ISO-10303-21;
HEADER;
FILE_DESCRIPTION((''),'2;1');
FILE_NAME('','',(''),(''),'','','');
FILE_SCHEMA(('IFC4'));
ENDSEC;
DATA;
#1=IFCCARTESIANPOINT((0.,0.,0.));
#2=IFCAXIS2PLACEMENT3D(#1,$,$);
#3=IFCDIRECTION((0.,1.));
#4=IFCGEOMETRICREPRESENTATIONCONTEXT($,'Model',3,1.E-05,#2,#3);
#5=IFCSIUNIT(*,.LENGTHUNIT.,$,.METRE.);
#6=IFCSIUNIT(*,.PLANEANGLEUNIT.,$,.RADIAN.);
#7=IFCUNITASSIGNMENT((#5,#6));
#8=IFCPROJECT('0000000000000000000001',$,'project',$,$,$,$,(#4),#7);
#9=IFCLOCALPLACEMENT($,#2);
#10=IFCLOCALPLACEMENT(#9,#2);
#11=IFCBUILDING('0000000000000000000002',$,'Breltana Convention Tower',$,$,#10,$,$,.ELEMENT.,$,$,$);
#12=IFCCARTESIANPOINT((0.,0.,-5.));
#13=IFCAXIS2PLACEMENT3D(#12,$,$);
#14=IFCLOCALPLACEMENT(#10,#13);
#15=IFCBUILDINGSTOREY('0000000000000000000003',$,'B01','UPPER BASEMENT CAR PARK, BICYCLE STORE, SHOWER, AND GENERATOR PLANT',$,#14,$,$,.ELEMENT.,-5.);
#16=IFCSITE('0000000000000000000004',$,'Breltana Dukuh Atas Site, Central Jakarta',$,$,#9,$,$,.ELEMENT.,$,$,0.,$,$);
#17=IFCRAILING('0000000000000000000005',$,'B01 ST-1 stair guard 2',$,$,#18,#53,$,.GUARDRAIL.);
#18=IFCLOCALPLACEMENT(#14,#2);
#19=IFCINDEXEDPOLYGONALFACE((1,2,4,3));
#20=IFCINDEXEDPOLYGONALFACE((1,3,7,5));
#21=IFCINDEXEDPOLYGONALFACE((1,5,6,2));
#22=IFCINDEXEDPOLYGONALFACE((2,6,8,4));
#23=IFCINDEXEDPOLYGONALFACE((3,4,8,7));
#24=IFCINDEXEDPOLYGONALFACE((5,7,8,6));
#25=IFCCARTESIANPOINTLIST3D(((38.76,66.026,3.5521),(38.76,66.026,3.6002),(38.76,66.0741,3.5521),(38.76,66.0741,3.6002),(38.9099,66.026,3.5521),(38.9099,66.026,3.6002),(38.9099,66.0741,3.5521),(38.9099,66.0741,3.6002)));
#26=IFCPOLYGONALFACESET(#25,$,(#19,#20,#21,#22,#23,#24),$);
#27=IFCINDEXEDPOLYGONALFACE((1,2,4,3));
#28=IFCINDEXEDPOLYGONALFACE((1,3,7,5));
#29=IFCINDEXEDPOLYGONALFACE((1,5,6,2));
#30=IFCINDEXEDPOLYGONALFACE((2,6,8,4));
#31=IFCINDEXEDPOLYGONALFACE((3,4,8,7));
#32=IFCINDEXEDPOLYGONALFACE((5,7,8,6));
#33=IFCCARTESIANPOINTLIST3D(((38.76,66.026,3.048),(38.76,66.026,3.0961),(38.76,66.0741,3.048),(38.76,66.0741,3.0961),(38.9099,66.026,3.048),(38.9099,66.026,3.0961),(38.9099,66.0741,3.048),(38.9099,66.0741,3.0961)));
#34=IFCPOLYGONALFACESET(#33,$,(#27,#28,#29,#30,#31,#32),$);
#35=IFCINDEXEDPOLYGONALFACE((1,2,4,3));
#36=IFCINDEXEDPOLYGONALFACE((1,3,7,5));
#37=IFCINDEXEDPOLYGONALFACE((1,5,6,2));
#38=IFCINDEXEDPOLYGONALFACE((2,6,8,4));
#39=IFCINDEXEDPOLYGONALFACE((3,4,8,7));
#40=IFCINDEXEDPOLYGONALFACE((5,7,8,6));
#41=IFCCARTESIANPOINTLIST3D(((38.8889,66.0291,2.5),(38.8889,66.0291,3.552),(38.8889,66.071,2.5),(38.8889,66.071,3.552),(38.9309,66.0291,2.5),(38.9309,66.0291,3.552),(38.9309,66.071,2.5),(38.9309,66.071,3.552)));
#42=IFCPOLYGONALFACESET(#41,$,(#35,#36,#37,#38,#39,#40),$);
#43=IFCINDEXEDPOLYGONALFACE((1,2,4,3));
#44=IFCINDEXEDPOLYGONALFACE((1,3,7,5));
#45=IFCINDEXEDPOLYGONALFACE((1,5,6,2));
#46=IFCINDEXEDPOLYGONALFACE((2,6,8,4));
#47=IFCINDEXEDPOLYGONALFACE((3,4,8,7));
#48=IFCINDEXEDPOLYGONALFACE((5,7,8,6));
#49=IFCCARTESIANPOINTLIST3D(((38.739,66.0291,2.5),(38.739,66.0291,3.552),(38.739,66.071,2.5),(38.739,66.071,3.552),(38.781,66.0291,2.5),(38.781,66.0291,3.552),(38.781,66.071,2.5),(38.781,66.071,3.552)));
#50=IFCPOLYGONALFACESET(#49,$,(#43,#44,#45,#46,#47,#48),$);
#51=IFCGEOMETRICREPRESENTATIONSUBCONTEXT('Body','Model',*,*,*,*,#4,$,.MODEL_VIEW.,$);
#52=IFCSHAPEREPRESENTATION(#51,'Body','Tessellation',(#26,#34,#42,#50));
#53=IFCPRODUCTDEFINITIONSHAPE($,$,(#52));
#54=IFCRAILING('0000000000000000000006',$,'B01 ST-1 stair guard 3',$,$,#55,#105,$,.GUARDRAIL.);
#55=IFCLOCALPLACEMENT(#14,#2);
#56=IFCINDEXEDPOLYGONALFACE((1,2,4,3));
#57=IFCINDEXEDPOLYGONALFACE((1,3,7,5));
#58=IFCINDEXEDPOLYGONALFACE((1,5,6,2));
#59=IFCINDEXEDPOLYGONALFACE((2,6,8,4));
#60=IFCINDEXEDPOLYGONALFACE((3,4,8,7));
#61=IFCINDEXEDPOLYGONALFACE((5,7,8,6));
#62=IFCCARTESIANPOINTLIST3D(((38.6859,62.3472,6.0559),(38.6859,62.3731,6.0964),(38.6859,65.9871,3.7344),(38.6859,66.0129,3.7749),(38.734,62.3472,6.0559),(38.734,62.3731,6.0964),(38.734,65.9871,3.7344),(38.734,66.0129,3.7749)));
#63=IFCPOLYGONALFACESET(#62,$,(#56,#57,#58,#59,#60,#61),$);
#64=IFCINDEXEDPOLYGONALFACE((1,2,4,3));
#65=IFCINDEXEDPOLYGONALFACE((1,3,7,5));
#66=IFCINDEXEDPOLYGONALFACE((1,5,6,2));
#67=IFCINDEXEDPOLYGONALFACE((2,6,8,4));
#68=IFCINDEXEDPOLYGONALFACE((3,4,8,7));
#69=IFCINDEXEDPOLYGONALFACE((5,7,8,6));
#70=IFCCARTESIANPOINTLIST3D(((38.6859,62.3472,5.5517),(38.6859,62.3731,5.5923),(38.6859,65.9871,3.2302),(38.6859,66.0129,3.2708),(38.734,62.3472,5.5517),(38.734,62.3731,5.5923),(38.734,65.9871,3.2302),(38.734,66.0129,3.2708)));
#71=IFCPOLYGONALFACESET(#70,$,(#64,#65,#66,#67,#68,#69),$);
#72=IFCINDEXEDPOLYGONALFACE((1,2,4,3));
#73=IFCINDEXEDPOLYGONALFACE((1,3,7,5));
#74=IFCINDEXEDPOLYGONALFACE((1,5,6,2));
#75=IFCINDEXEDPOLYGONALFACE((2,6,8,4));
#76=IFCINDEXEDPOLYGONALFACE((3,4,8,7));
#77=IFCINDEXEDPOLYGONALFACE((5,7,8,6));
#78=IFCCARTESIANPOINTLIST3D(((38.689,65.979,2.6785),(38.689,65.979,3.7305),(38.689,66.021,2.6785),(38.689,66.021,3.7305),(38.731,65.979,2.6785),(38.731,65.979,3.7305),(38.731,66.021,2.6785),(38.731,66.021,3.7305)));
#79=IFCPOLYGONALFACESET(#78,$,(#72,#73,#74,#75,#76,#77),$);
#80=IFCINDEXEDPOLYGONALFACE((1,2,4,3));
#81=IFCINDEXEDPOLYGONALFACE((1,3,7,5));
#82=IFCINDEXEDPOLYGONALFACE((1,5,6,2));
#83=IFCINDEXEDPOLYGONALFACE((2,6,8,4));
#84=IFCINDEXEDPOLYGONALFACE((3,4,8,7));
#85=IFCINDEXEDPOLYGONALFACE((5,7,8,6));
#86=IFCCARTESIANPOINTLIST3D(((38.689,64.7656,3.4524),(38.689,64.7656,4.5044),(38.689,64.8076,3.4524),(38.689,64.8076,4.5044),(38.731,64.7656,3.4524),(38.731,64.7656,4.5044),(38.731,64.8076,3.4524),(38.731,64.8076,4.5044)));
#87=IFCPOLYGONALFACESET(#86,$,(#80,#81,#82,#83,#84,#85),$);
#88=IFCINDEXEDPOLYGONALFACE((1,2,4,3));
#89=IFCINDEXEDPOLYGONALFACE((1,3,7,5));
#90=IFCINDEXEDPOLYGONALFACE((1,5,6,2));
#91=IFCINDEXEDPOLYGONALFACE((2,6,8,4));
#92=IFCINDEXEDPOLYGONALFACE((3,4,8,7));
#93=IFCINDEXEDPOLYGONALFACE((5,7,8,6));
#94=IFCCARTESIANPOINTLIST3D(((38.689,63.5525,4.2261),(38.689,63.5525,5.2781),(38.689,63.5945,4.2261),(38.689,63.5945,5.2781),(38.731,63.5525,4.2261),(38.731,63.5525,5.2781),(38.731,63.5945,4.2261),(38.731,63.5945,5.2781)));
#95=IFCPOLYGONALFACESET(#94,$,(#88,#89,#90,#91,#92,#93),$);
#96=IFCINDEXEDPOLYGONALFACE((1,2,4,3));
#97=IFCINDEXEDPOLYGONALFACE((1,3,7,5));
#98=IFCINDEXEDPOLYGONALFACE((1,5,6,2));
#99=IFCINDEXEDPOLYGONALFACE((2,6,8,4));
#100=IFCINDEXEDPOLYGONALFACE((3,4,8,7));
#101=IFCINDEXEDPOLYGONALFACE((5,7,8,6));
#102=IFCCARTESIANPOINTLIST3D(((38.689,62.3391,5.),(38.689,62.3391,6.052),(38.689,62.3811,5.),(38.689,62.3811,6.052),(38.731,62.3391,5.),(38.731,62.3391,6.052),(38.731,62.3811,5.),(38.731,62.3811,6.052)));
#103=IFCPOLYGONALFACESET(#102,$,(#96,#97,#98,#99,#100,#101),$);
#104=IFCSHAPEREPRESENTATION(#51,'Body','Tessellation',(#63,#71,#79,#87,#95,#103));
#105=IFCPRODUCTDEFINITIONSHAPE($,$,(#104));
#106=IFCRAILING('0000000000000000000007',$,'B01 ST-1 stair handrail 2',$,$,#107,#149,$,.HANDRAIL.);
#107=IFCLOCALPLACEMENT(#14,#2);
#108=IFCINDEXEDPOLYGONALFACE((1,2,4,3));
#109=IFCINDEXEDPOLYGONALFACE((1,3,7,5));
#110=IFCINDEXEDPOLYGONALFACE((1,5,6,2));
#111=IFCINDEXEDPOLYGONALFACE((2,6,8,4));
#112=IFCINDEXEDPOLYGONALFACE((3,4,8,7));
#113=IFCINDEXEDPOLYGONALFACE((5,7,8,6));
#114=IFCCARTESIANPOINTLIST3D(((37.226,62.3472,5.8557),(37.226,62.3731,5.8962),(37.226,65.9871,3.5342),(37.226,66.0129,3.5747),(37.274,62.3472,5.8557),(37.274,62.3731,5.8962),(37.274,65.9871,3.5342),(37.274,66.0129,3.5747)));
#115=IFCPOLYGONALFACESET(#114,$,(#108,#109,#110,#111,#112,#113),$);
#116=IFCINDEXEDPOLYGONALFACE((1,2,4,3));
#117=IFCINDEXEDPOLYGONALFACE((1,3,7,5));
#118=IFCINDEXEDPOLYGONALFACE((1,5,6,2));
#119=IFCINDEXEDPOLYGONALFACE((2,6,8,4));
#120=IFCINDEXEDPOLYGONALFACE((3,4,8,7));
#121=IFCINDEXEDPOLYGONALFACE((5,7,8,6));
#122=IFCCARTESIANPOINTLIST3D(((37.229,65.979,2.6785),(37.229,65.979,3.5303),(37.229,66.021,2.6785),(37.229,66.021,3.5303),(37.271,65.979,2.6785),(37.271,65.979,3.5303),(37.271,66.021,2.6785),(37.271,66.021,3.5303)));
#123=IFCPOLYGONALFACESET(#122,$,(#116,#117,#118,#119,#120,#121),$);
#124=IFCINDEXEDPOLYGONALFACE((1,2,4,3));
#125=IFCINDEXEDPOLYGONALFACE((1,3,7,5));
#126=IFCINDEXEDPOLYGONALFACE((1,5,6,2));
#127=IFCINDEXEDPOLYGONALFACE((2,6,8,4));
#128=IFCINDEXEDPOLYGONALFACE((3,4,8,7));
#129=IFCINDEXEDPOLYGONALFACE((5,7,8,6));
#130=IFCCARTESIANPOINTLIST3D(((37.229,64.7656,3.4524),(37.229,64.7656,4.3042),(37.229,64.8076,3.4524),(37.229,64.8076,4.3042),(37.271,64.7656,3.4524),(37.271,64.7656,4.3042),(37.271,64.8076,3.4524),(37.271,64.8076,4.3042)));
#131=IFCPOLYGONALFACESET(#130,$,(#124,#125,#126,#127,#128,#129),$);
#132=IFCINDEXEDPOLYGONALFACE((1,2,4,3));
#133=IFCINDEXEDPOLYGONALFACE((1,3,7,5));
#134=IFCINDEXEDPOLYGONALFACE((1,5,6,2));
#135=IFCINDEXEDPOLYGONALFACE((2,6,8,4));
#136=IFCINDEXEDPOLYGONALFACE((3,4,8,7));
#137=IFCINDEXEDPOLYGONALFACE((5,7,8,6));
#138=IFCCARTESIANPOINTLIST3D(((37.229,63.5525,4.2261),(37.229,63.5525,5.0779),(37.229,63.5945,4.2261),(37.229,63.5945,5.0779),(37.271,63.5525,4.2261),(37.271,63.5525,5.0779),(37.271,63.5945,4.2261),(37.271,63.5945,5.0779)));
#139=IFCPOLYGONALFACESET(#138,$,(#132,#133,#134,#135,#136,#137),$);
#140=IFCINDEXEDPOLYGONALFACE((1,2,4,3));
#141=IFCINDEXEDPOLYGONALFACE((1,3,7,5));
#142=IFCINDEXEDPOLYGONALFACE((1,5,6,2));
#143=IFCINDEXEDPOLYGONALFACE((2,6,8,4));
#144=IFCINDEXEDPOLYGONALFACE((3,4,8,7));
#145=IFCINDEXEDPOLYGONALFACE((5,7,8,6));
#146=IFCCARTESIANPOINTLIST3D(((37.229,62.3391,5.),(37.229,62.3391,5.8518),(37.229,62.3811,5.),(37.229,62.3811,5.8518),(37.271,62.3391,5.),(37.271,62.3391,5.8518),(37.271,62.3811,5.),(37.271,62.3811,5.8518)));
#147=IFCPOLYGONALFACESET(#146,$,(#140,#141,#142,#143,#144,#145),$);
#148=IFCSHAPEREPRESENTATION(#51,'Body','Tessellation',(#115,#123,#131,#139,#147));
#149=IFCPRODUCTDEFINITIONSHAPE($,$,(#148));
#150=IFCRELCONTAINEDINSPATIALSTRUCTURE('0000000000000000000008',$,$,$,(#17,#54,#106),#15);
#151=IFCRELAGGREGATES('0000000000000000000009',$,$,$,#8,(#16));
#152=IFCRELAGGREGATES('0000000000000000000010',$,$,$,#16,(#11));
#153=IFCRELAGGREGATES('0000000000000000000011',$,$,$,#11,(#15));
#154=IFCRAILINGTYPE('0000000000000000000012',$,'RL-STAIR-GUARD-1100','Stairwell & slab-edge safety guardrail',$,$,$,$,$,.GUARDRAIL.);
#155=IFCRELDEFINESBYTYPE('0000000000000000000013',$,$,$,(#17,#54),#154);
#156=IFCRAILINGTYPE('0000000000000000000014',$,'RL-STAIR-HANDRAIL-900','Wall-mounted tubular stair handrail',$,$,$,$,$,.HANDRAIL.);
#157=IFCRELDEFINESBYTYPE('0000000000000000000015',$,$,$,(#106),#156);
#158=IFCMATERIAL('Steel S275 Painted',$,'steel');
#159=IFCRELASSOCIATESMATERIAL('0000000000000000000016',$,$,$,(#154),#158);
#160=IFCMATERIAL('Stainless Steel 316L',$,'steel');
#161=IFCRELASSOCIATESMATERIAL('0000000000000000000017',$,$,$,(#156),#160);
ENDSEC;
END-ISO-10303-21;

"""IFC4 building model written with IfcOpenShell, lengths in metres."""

from ifc_helpers import new_model, si_unit, direction, frame, origin, origin_2d, place, context, subcontext, project, spatial, rectangle, extrude, material, type_object, element, save


model = new_model("IFC4")

# Units and contexts
model_context = context("Model", 3, precision=1e-05, world=origin(), true_north=direction((0.0, 1.0)))
body_context = subcontext(model_context, "Body", "Model", "MODEL_VIEW")
ifc_project = project(units=[si_unit("LENGTHUNIT", "METRE"), si_unit("PLANEANGLEUNIT", "RADIAN")], contexts=[model_context])

# Site, building, storey
site_placement = place(None, origin())
site = spatial("IfcSite", under=ifc_project, at=site_placement, Name="Breltana Dukuh Atas Site, Central Jakarta", CompositionType="ELEMENT", RefElevation=0.0)
building_placement = place(site_placement, origin())
building = spatial("IfcBuilding", under=site, at=building_placement, Name="Breltana Convention Tower", CompositionType="ELEMENT")
storey_placement = place(building_placement, frame((0.0, 0.0, -5.0)))
storey = spatial("IfcBuildingStorey", under=building, at=storey_placement, Name="B01", Description="UPPER BASEMENT CAR PARK, BICYCLE STORE, SHOWER, AND GENERATOR PLANT", CompositionType="ELEMENT", Elevation=-5.0)

# Railings
ifc_material_1 = material(Name="Steel S275 Painted", Category="steel")
railing_type_1 = type_object("IfcRailingType", Name="RL-STAIR-GUARD-1100", Description="Stairwell & slab-edge safety guardrail", PredefinedType="GUARDRAIL", material=ifc_material_1)
railing_1_placement = place(storey_placement, frame((38.9099, 66.05, 2.5)))
element("IfcRailing", 1, at=railing_1_placement, inside=storey, type_object=railing_type_1, Name="B01 ST-1 stair guard 2", PredefinedType="GUARDRAIL", context=body_context, shape_type="SweptSolid", body=[
    extrude(rectangle(XDim=0.0481, YDim=0.0481, at=origin_2d()), frame((0.0, 0.0, 1.0762), z_axis=(-1.0, 0.0, 0.0), x_axis=(0.0, -1.0, 0.0)), (0.0, 0.0, 1.0), 0.1499),
    extrude(rectangle(XDim=0.0481, YDim=0.0481, at=origin_2d()), frame((0.0, 0.0, 0.572), z_axis=(-1.0, 0.0, 0.0), x_axis=(0.0, -1.0, 0.0)), (0.0, 0.0, 1.0), 0.1499),
    extrude(rectangle(XDim=0.042, YDim=0.042, at=origin_2d()), origin(), (0.0, 0.0, 1.0), 1.052),
    extrude(rectangle(XDim=0.042, YDim=0.042, at=origin_2d()), frame((-0.1499, 0.0, 0.0)), (0.0, 0.0, 1.0), 1.052),
])
railing_2_placement = place(storey_placement, frame((38.71, 66.0, 2.6785)))
element("IfcRailing", 2, at=railing_2_placement, inside=storey, type_object=railing_type_1, Name="B01 ST-1 stair guard 3", PredefinedType="GUARDRAIL", context=body_context, shape_type="SweptSolid", body=[
    extrude(rectangle(XDim=0.0481, YDim=0.0481, at=origin_2d()), frame((0.0, 0.0, 1.0762), z_axis=(0.0, -0.843112, 0.537739), x_axis=(1.0, 0.0, 0.0)), (0.0, 0.0, 1.0), 4.3171),
    extrude(rectangle(XDim=0.0481, YDim=0.0481, at=origin_2d()), frame((0.0, 0.0, 0.572), z_axis=(0.0, -0.843112, 0.537739), x_axis=(1.0, 0.0, 0.0)), (0.0, 0.0, 1.0), 4.3171),
    extrude(rectangle(XDim=0.042, YDim=0.042, at=origin_2d()), origin(), (0.0, 0.0, 1.0), 1.052),
    extrude(rectangle(XDim=0.042, YDim=0.042, at=origin_2d()), frame((0.0, -1.2134, 0.7739)), (0.0, 0.0, 1.0), 1.052),
    extrude(rectangle(XDim=0.042, YDim=0.042, at=origin_2d()), frame((0.0, -2.4265, 1.5476)), (0.0, 0.0, 1.0), 1.052),
    extrude(rectangle(XDim=0.042, YDim=0.042, at=origin_2d()), frame((0.0, -3.6399, 2.3215)), (0.0, 0.0, 1.0), 1.052),
])
ifc_material_2 = material(Name="Stainless Steel 316L", Category="steel")
railing_type_2 = type_object("IfcRailingType", Name="RL-STAIR-HANDRAIL-900", Description="Wall-mounted tubular stair handrail", PredefinedType="HANDRAIL", material=ifc_material_2)
railing_3_placement = place(storey_placement, frame((37.25, 66.0, 2.6785)))
element("IfcRailing", 3, at=railing_3_placement, inside=storey, type_object=railing_type_2, Name="B01 ST-1 stair handrail 2", PredefinedType="HANDRAIL", context=body_context, shape_type="SweptSolid", body=[
    extrude(rectangle(XDim=0.0481, YDim=0.0481, at=origin_2d()), frame((0.0, 0.0, 0.876), z_axis=(0.0, -0.843112, 0.537739), x_axis=(1.0, 0.0, 0.0)), (0.0, 0.0, 1.0), 4.3171),
    extrude(rectangle(XDim=0.042, YDim=0.042, at=origin_2d()), origin(), (0.0, 0.0, 1.0), 0.8518),
    extrude(rectangle(XDim=0.042, YDim=0.042, at=origin_2d()), frame((0.0, -1.2134, 0.7739)), (0.0, 0.0, 1.0), 0.8518),
    extrude(rectangle(XDim=0.042, YDim=0.042, at=origin_2d()), frame((0.0, -2.4265, 1.5476)), (0.0, 0.0, 1.0), 0.8518),
    extrude(rectangle(XDim=0.042, YDim=0.042, at=origin_2d()), frame((0.0, -3.6399, 2.3215)), (0.0, 0.0, 1.0), 0.8518),
])

save(model, "model.ifc")
